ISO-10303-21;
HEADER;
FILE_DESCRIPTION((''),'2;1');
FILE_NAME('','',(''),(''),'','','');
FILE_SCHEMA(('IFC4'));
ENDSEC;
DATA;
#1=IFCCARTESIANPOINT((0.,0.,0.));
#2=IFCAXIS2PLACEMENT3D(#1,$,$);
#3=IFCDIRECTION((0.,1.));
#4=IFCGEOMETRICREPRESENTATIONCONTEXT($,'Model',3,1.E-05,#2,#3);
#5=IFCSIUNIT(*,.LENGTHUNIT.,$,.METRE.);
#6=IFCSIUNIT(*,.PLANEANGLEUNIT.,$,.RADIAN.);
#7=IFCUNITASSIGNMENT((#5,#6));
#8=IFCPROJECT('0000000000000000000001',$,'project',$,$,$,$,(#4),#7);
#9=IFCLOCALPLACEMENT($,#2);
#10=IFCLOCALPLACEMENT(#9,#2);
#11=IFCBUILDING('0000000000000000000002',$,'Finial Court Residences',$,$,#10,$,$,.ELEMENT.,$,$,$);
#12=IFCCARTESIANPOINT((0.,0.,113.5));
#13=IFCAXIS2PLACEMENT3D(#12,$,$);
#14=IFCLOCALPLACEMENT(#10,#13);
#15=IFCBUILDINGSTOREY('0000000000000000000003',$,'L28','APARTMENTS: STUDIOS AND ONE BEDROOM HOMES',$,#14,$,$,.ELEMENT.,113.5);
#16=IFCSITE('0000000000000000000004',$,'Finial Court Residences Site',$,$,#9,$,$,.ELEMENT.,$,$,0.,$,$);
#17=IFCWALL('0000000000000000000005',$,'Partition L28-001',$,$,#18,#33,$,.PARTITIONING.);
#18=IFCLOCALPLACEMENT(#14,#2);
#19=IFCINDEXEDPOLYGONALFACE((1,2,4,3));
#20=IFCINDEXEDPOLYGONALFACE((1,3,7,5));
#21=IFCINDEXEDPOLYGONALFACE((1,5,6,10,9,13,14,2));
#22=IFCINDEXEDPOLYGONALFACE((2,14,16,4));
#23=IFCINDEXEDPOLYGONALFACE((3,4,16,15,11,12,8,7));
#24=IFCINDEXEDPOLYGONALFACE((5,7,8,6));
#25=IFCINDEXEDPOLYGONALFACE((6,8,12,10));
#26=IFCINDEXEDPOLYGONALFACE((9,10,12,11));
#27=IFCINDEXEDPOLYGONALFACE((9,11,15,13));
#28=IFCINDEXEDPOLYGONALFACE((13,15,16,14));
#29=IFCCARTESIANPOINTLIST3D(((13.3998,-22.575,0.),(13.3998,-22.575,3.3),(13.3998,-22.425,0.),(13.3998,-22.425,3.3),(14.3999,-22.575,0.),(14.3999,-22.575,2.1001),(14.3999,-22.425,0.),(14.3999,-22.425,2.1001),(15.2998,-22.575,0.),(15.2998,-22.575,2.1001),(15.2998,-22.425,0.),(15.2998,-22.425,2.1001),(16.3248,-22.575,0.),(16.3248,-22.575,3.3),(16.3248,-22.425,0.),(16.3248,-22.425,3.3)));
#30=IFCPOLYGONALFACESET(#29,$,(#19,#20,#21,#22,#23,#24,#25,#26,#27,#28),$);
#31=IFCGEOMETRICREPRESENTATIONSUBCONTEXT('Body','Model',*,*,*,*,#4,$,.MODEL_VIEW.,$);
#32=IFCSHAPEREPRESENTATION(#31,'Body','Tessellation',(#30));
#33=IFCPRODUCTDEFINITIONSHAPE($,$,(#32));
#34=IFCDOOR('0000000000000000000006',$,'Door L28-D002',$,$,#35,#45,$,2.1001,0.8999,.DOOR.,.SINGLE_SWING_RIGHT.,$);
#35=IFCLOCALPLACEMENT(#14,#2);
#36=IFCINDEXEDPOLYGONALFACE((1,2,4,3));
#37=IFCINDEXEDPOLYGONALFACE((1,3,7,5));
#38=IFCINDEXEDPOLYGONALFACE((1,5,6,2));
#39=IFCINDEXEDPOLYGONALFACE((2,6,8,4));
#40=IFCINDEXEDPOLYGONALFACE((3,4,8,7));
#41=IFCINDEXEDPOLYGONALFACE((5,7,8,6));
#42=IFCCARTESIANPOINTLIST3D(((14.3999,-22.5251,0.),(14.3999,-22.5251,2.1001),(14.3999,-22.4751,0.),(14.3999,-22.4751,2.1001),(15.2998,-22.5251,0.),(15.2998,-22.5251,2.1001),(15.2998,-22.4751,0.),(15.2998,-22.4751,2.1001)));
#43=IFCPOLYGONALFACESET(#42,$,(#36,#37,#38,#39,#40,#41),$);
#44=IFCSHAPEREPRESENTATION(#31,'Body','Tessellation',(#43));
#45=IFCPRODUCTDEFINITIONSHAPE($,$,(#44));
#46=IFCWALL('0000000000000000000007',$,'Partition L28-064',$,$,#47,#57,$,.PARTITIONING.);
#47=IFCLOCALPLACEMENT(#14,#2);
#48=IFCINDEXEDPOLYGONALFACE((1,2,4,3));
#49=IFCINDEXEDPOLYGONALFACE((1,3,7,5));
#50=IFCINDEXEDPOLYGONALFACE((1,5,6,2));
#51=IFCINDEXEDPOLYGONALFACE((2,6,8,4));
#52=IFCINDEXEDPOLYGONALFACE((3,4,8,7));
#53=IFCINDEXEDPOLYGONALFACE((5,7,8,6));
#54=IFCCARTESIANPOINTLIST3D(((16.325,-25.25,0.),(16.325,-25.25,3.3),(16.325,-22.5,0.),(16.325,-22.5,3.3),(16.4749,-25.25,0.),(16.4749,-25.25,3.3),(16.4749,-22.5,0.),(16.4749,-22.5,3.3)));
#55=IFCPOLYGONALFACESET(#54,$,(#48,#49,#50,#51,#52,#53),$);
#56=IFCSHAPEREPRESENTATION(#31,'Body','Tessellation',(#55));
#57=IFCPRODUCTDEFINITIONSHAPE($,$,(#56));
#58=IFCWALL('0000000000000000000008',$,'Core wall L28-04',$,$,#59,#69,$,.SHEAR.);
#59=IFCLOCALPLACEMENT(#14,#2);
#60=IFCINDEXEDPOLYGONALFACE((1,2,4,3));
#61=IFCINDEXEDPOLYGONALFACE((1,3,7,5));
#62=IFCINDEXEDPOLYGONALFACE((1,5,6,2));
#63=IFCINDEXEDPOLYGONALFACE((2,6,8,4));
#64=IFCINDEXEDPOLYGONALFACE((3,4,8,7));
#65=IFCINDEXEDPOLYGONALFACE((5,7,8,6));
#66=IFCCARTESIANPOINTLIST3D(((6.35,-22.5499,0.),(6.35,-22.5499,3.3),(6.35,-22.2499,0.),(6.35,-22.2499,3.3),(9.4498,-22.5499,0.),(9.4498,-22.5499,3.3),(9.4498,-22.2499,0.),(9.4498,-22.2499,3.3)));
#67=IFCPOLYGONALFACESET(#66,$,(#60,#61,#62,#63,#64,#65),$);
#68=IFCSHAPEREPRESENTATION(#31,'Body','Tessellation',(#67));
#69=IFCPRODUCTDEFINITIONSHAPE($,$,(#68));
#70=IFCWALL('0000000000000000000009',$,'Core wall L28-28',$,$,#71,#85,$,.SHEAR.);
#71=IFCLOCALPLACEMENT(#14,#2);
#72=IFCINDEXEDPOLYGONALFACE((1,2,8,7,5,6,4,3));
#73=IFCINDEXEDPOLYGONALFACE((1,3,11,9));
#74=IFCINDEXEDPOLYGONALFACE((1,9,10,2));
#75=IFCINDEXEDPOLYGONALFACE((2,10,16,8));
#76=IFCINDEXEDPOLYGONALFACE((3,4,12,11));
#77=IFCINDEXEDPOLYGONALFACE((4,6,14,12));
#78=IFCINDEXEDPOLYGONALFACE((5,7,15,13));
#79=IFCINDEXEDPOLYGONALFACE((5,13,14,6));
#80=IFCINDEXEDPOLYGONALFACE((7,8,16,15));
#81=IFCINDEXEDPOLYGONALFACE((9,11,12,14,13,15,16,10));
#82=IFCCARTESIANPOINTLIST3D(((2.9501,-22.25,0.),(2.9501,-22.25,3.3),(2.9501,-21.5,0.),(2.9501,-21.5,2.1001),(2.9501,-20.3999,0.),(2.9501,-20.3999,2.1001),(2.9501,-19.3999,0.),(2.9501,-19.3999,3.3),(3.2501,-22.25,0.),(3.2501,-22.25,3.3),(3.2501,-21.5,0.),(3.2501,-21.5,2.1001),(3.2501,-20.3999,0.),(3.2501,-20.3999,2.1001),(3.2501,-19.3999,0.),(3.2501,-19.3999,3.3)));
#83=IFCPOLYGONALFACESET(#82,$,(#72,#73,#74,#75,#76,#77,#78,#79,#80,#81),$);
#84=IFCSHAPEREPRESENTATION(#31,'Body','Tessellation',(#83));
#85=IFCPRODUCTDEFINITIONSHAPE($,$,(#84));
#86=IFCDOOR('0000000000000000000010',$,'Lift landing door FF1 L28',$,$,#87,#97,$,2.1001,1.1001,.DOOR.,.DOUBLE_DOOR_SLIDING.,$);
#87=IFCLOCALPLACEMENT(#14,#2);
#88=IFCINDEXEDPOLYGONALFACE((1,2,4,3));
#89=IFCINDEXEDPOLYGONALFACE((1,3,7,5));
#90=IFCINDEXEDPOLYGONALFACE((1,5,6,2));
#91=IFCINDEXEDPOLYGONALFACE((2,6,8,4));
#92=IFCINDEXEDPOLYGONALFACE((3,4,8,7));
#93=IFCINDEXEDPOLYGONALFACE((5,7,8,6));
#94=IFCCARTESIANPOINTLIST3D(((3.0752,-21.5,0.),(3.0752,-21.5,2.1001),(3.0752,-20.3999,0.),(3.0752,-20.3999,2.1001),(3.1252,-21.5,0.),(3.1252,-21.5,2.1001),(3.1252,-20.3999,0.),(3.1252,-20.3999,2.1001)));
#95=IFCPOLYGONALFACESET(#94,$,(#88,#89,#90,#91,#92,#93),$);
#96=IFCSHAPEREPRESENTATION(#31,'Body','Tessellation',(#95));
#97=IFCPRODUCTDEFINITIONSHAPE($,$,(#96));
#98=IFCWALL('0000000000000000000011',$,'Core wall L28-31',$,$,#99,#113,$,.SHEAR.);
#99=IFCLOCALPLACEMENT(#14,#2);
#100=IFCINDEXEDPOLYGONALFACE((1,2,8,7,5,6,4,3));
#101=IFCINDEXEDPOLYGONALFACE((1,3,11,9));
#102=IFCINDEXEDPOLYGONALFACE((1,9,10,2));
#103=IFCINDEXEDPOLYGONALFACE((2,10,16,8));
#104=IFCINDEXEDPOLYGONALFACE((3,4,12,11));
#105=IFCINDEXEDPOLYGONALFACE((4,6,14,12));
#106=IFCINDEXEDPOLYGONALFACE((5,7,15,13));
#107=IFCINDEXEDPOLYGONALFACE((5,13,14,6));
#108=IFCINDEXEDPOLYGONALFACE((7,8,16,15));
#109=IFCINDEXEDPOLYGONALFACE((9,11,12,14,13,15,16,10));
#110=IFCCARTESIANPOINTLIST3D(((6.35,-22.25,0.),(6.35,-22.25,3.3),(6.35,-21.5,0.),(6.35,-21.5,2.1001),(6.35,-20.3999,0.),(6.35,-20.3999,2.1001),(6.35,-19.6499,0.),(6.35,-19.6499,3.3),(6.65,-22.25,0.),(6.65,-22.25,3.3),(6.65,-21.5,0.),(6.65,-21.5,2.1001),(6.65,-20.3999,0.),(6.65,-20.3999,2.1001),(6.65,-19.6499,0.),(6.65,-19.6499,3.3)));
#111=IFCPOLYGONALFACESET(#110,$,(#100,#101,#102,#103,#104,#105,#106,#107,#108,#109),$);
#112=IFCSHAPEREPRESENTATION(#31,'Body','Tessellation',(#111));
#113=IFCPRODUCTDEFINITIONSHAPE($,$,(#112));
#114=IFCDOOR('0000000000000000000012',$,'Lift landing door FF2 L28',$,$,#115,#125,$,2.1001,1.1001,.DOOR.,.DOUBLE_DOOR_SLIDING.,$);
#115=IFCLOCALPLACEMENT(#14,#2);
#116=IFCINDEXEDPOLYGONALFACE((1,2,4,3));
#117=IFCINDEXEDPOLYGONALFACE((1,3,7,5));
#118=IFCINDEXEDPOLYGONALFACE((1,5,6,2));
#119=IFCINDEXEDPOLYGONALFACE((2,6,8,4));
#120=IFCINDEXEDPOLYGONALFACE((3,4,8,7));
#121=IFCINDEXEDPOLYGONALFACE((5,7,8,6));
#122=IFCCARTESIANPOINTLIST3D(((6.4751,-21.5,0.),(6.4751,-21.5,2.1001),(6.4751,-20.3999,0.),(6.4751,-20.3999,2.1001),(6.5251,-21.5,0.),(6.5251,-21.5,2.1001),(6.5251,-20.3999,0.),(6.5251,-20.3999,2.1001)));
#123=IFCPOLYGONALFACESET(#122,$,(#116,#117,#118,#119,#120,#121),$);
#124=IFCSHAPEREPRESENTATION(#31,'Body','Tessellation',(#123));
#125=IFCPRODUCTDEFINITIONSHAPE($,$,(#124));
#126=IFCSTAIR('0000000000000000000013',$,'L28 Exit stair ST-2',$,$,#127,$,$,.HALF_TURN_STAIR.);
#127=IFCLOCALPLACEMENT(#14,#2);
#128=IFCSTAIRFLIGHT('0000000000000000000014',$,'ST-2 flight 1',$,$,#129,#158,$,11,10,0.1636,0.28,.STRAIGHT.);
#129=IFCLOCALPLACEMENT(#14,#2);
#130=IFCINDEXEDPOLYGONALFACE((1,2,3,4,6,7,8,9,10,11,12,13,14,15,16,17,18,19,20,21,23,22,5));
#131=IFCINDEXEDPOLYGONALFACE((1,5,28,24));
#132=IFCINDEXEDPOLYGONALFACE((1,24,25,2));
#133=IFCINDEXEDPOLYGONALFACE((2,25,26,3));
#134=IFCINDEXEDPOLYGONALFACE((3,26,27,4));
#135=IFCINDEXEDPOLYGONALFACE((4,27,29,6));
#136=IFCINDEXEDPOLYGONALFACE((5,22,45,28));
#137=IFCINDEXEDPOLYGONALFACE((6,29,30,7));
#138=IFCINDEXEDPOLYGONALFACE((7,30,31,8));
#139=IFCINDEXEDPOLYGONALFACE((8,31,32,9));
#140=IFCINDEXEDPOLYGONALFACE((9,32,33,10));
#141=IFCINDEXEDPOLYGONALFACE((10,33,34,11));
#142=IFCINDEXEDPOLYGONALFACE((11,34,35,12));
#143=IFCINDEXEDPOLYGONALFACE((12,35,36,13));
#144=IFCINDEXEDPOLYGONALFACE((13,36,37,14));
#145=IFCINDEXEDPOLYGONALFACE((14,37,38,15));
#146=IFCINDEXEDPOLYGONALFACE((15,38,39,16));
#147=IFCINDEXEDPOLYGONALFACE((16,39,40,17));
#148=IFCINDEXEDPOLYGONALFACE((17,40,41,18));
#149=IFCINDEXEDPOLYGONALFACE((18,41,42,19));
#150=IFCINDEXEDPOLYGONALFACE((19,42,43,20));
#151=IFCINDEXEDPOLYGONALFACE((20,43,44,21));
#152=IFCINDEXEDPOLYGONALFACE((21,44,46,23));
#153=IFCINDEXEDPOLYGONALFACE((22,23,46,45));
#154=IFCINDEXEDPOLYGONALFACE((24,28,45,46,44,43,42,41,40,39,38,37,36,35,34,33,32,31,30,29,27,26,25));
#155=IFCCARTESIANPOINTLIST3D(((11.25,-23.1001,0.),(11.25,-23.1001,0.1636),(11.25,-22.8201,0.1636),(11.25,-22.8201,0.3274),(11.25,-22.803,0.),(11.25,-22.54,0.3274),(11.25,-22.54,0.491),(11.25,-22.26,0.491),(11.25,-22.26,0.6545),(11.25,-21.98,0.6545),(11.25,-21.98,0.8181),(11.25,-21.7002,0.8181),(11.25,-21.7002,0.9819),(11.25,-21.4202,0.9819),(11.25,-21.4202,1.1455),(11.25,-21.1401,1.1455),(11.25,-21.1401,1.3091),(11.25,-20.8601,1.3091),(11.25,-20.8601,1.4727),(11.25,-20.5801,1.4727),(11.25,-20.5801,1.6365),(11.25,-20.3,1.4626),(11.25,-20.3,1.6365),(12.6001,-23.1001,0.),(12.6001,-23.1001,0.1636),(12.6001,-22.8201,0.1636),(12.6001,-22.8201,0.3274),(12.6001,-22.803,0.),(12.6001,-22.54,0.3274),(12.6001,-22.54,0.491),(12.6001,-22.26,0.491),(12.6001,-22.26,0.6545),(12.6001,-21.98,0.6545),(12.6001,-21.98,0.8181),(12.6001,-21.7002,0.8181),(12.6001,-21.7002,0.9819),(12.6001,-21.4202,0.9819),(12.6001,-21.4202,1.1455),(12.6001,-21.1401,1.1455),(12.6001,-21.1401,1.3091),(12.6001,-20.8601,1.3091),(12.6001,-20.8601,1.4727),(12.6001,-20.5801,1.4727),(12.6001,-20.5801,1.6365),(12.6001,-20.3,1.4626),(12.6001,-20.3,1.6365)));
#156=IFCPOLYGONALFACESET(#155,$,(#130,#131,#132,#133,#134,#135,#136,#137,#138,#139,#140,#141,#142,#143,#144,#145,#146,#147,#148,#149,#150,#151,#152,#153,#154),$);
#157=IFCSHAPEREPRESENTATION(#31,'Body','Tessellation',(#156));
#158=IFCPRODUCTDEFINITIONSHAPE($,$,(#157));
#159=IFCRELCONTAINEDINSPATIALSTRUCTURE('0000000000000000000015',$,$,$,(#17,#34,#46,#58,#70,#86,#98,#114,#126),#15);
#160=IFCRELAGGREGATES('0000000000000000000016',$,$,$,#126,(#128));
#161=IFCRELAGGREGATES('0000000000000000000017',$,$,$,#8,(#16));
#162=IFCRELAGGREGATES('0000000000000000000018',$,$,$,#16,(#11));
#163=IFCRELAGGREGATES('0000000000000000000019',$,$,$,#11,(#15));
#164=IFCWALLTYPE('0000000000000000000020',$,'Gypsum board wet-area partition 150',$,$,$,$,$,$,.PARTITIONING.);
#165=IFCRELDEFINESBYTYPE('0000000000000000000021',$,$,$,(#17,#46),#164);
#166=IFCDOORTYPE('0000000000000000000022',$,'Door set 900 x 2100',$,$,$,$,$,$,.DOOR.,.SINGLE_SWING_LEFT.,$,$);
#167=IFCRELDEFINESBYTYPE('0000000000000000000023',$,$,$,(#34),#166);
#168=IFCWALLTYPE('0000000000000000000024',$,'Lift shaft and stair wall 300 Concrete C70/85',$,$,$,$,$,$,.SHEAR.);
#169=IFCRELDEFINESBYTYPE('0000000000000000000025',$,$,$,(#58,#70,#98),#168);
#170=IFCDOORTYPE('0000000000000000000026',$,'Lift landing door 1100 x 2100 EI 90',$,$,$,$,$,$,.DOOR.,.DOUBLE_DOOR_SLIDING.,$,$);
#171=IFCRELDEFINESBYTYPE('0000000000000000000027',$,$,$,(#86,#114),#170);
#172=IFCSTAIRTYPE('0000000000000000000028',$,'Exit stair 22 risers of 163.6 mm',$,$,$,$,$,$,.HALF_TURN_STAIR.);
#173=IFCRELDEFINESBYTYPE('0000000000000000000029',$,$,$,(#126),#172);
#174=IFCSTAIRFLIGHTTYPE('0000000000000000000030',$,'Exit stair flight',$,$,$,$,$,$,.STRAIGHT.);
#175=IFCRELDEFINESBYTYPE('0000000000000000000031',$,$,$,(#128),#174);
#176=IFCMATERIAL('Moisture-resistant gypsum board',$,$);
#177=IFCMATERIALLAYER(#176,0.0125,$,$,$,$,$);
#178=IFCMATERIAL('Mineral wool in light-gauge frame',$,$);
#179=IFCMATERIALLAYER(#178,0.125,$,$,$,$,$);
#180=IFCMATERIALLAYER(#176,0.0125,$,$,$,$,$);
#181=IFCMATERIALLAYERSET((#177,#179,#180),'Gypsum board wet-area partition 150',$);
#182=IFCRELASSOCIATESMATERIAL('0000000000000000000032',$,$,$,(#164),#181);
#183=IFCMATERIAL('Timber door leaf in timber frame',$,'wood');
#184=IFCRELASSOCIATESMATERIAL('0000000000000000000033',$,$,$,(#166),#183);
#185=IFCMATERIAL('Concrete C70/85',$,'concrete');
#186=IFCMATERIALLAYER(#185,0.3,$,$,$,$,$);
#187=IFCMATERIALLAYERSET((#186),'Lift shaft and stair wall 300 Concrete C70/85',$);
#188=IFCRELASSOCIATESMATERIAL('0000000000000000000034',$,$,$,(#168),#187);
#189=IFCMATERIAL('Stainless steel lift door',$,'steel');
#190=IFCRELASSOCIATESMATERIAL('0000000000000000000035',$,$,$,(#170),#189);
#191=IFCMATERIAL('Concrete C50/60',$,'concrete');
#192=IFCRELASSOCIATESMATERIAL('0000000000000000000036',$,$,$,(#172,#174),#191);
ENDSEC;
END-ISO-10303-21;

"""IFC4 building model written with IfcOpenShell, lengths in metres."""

from ifc_helpers import new_model, si_unit, direction, frame, frame_2d, origin, place, context, subcontext, project, spatial, polyline, rectangle, outline, extrude, material, layer, layer_set, type_object, element, fill, aggregate, save


model = new_model("IFC4")

# Units and contexts
model_context = context("Model", 3, precision=1e-05, world=origin(), true_north=direction((0.0, 1.0)))
body_context = subcontext(model_context, "Body", "Model", "MODEL_VIEW")
ifc_project = project(units=[si_unit("LENGTHUNIT", "METRE"), si_unit("PLANEANGLEUNIT", "RADIAN")], contexts=[model_context])

# Site, building, storey
site_placement = place(None, origin())
site = spatial("IfcSite", under=ifc_project, at=site_placement, Name="Finial Court Residences Site", CompositionType="ELEMENT", RefElevation=0.0)
building_placement = place(site_placement, origin())
building = spatial("IfcBuilding", under=site, at=building_placement, Name="Finial Court Residences", CompositionType="ELEMENT")
storey_placement = place(building_placement, frame((0.0, 0.0, 113.5)))
storey = spatial("IfcBuildingStorey", under=building, at=storey_placement, Name="L28", Description="APARTMENTS: STUDIOS AND ONE BEDROOM HOMES", CompositionType="ELEMENT", Elevation=113.5)

# Shared definitions
ifc_material_1 = material(Name="Concrete C70/85", Category="concrete")

# Shared definitions
ifc_material_2 = material(Name="Mineral wool in light-gauge frame")

# Wall, opening, door
ifc_material_3 = material(Name="Moisture-resistant gypsum board")
ifc_layer_1 = layer(ifc_material_3, 0.0125)
ifc_layer_2 = layer(ifc_material_2, 0.125)
ifc_layer_3 = layer(ifc_material_3, 0.0125)
ifc_layer_set_1 = layer_set([ifc_layer_1, ifc_layer_2, ifc_layer_3], Name="Gypsum board wet-area partition 150")
wall_type_1 = type_object("IfcWallType", Name="Gypsum board wet-area partition 150", PredefinedType="PARTITIONING", material=ifc_layer_set_1)
wall_1_placement = place(storey_placement, frame((13.3999, -22.5, 0.0), z_axis=(0.0, 0.0, 1.0), x_axis=(1.0, 0.0, 0.0)))
wall_1 = element("IfcWall", 1, at=wall_1_placement, inside=storey, type_object=wall_type_1, Name="Partition L28-001", PredefinedType="PARTITIONING", context=body_context, shape_type="SweptSolid", body=[
    extrude(rectangle(XDim=2.925, YDim=0.1499, at=frame_2d((1.4624, 0.0))), origin(), (0.0, 0.0, 1.0), 3.3),
])
opening_1_placement = place(wall_1_placement, frame((1.0, 0.0, 0.0)))
opening_1 = element("IfcOpeningElement", 2, at=opening_1_placement, cuts=wall_1, PredefinedType="OPENING", context=body_context, shape_type="SweptSolid", body=[
    extrude(rectangle(XDim=0.8999, YDim=2.1001, at=frame_2d((0.45, 1.05))), frame((0.0, 0.085, 0.0), z_axis=(0.0, -1.0, 0.0), x_axis=(1.0, 0.0, 0.0)), (0.0, 0.0, 1.0), 0.1699),
])
ifc_material_4 = material(Name="Timber door leaf in timber frame", Category="wood")
door_type_1 = type_object("IfcDoorType", Name="Door set 900 x 2100", OperationType="SINGLE_SWING_LEFT", PredefinedType="DOOR", material=ifc_material_4)
door_1_placement = place(opening_1_placement, origin())
door_1 = element("IfcDoor", 3, at=door_1_placement, inside=storey, type_object=door_type_1, Name="Door L28-D002", OperationType="SINGLE_SWING_RIGHT", OverallHeight=2.1001, OverallWidth=0.8999, PredefinedType="DOOR", context=body_context, shape_type="SweptSolid", body=[
    extrude(rectangle(XDim=0.8999, YDim=2.1001, at=frame_2d((0.45, 1.05))), frame((0.0, 0.0249, 0.0), z_axis=(0.0, -1.0, 0.0), x_axis=(1.0, 0.0, 0.0)), (0.0, 0.0, 1.0), 0.05),
])
fill(opening_1, door_1)

# Walls
wall_2_placement = place(storey_placement, frame((16.3999, -25.25, 0.0), z_axis=(0.0, 0.0, 1.0), x_axis=(0.0, 1.0, 0.0)))
element("IfcWall", 4, at=wall_2_placement, inside=storey, type_object=wall_type_1, Name="Partition L28-064", PredefinedType="PARTITIONING", context=body_context, shape_type="SweptSolid", body=[
    extrude(rectangle(XDim=2.75, YDim=0.1499, at=frame_2d((1.375, 0.0))), origin(), (0.0, 0.0, 1.0), 3.3),
])
ifc_layer_4 = layer(ifc_material_1, 0.3)
ifc_layer_set_2 = layer_set([ifc_layer_4], Name="Lift shaft and stair wall 300 Concrete C70/85")
wall_type_2 = type_object("IfcWallType", Name="Lift shaft and stair wall 300 Concrete C70/85", PredefinedType="SHEAR", material=ifc_layer_set_2)
wall_3_placement = place(storey_placement, frame((6.3501, -22.3999, 0.0), z_axis=(0.0, 0.0, 1.0), x_axis=(1.0, 0.0, 0.0)))
element("IfcWall", 5, at=wall_3_placement, inside=storey, type_object=wall_type_2, Name="Core wall L28-04", PredefinedType="SHEAR", context=body_context, shape_type="SweptSolid", body=[
    extrude(rectangle(XDim=3.0999, YDim=0.3, at=frame_2d((1.5498, 0.0))), origin(), (0.0, 0.0, 1.0), 3.3),
])

# Walls, openings, doors
wall_4_placement = place(storey_placement, frame((3.1001, -22.25, 0.0), z_axis=(0.0, 0.0, 1.0), x_axis=(0.0, 1.0, 0.0)))
wall_4 = element("IfcWall", 6, at=wall_4_placement, inside=storey, type_object=wall_type_2, Name="Core wall L28-28", PredefinedType="SHEAR", context=body_context, shape_type="SweptSolid", body=[
    extrude(rectangle(XDim=2.8501, YDim=0.3, at=frame_2d((1.425, 0.0))), origin(), (0.0, 0.0, 1.0), 3.3),
])
opening_2_placement = place(wall_4_placement, frame((0.75, 0.0, 0.0)))
opening_2 = element("IfcOpeningElement", 7, at=opening_2_placement, cuts=wall_4, PredefinedType="OPENING", context=body_context, shape_type="SweptSolid", body=[
    extrude(rectangle(XDim=1.1001, YDim=2.1001, at=frame_2d((0.55, 1.05))), frame((0.0, 0.1599, 0.0), z_axis=(0.0, -1.0, 0.0), x_axis=(1.0, 0.0, 0.0)), (0.0, 0.0, 1.0), 0.3201),
])
ifc_material_5 = material(Name="Stainless steel lift door", Category="steel")
door_type_2 = type_object("IfcDoorType", Name="Lift landing door 1100 x 2100 EI 90", OperationType="DOUBLE_DOOR_SLIDING", PredefinedType="DOOR", material=ifc_material_5)
door_2_placement = place(opening_2_placement, origin())
door_2 = element("IfcDoor", 8, at=door_2_placement, inside=storey, type_object=door_type_2, Name="Lift landing door FF1 L28", OperationType="DOUBLE_DOOR_SLIDING", OverallHeight=2.1001, OverallWidth=1.1001, PredefinedType="DOOR", context=body_context, shape_type="SweptSolid", body=[
    extrude(rectangle(XDim=1.1001, YDim=2.1001, at=frame_2d((0.55, 1.05))), frame((0.0, 0.0249, 0.0), z_axis=(0.0, -1.0, 0.0), x_axis=(1.0, 0.0, 0.0)), (0.0, 0.0, 1.0), 0.05),
])
fill(opening_2, door_2)
wall_5_placement = place(storey_placement, frame((6.5, -22.25, 0.0), z_axis=(0.0, 0.0, 1.0), x_axis=(0.0, 1.0, 0.0)))
wall_5 = element("IfcWall", 9, at=wall_5_placement, inside=storey, type_object=wall_type_2, Name="Core wall L28-31", PredefinedType="SHEAR", context=body_context, shape_type="SweptSolid", body=[
    extrude(rectangle(XDim=2.6001, YDim=0.3, at=frame_2d((1.3, 0.0))), origin(), (0.0, 0.0, 1.0), 3.3),
])
opening_3_placement = place(wall_5_placement, frame((0.75, 0.0, 0.0)))
opening_3 = element("IfcOpeningElement", 10, at=opening_3_placement, cuts=wall_5, PredefinedType="OPENING", context=body_context, shape_type="SweptSolid", body=[
    extrude(rectangle(XDim=1.1001, YDim=2.1001, at=frame_2d((0.55, 1.05))), frame((0.0, 0.1599, 0.0), z_axis=(0.0, -1.0, 0.0), x_axis=(1.0, 0.0, 0.0)), (0.0, 0.0, 1.0), 0.3201),
])
door_3_placement = place(opening_3_placement, origin())
door_3 = element("IfcDoor", 11, at=door_3_placement, inside=storey, type_object=door_type_2, Name="Lift landing door FF2 L28", OperationType="DOUBLE_DOOR_SLIDING", OverallHeight=2.1001, OverallWidth=1.1001, PredefinedType="DOOR", context=body_context, shape_type="SweptSolid", body=[
    extrude(rectangle(XDim=1.1001, YDim=2.1001, at=frame_2d((0.55, 1.05))), frame((0.0, 0.0249, 0.0), z_axis=(0.0, -1.0, 0.0), x_axis=(1.0, 0.0, 0.0)), (0.0, 0.0, 1.0), 0.05),
])
fill(opening_3, door_3)

# Stair, stair flight
ifc_material_6 = material(Name="Concrete C50/60", Category="concrete")
stair_type = type_object("IfcStairType", Name="Exit stair 22 risers of 163.6 mm", PredefinedType="HALF_TURN_STAIR", material=ifc_material_6)
stair_placement = place(storey_placement, origin())
stair = element("IfcStair", 12, at=stair_placement, inside=storey, type_object=stair_type, Name="L28 Exit stair ST-2", PredefinedType="HALF_TURN_STAIR")
stair_flight_type = type_object("IfcStairFlightType", Name="Exit stair flight", PredefinedType="STRAIGHT", material=ifc_material_6)
stair_flight_1_placement = place(storey_placement, frame((11.925, -23.1001, 0.0), z_axis=(0.0, 0.0, 1.0), x_axis=(0.0, 1.0, 0.0)))
stair_flight_1 = element("IfcStairFlight", 13, at=stair_flight_1_placement, type_object=stair_flight_type, Name="ST-2 flight 1", NumberOfRisers=11, NumberOfTreads=10, PredefinedType="STRAIGHT", RiserHeight=0.1636, TreadLength=0.28, context=body_context, shape_type="SweptSolid", body=[
    extrude(outline(polyline([(0.0, 0.0), (0.0, 0.1636), (0.28, 0.1636), (0.28, 0.3274), (0.5601, 0.3274), (0.5601, 0.491), (0.8401, 0.491), (0.8401, 0.6545), (1.1201, 0.6545), (1.1201, 0.8181), (1.3999, 0.8181), (1.3999, 0.9819), (1.6799, 0.9819), (1.6799, 1.1455), (1.96, 1.1455), (1.96, 1.3091), (2.24, 1.3091), (2.24, 1.4727), (2.52, 1.4727), (2.52, 1.6365), (2.8, 1.6365), (2.8, 1.8), (2.8, 1.4626), (0.2971, 0.0), (0.0, 0.0)])), frame((0.0, 0.675, 0.0), z_axis=(0.0, -1.0, 0.0), x_axis=(1.0, 0.0, 0.0)), (0.0, 0.0, 1.0), 1.3501),
])
aggregate(stair, [stair_flight_1])

save(model, "model.ifc")
